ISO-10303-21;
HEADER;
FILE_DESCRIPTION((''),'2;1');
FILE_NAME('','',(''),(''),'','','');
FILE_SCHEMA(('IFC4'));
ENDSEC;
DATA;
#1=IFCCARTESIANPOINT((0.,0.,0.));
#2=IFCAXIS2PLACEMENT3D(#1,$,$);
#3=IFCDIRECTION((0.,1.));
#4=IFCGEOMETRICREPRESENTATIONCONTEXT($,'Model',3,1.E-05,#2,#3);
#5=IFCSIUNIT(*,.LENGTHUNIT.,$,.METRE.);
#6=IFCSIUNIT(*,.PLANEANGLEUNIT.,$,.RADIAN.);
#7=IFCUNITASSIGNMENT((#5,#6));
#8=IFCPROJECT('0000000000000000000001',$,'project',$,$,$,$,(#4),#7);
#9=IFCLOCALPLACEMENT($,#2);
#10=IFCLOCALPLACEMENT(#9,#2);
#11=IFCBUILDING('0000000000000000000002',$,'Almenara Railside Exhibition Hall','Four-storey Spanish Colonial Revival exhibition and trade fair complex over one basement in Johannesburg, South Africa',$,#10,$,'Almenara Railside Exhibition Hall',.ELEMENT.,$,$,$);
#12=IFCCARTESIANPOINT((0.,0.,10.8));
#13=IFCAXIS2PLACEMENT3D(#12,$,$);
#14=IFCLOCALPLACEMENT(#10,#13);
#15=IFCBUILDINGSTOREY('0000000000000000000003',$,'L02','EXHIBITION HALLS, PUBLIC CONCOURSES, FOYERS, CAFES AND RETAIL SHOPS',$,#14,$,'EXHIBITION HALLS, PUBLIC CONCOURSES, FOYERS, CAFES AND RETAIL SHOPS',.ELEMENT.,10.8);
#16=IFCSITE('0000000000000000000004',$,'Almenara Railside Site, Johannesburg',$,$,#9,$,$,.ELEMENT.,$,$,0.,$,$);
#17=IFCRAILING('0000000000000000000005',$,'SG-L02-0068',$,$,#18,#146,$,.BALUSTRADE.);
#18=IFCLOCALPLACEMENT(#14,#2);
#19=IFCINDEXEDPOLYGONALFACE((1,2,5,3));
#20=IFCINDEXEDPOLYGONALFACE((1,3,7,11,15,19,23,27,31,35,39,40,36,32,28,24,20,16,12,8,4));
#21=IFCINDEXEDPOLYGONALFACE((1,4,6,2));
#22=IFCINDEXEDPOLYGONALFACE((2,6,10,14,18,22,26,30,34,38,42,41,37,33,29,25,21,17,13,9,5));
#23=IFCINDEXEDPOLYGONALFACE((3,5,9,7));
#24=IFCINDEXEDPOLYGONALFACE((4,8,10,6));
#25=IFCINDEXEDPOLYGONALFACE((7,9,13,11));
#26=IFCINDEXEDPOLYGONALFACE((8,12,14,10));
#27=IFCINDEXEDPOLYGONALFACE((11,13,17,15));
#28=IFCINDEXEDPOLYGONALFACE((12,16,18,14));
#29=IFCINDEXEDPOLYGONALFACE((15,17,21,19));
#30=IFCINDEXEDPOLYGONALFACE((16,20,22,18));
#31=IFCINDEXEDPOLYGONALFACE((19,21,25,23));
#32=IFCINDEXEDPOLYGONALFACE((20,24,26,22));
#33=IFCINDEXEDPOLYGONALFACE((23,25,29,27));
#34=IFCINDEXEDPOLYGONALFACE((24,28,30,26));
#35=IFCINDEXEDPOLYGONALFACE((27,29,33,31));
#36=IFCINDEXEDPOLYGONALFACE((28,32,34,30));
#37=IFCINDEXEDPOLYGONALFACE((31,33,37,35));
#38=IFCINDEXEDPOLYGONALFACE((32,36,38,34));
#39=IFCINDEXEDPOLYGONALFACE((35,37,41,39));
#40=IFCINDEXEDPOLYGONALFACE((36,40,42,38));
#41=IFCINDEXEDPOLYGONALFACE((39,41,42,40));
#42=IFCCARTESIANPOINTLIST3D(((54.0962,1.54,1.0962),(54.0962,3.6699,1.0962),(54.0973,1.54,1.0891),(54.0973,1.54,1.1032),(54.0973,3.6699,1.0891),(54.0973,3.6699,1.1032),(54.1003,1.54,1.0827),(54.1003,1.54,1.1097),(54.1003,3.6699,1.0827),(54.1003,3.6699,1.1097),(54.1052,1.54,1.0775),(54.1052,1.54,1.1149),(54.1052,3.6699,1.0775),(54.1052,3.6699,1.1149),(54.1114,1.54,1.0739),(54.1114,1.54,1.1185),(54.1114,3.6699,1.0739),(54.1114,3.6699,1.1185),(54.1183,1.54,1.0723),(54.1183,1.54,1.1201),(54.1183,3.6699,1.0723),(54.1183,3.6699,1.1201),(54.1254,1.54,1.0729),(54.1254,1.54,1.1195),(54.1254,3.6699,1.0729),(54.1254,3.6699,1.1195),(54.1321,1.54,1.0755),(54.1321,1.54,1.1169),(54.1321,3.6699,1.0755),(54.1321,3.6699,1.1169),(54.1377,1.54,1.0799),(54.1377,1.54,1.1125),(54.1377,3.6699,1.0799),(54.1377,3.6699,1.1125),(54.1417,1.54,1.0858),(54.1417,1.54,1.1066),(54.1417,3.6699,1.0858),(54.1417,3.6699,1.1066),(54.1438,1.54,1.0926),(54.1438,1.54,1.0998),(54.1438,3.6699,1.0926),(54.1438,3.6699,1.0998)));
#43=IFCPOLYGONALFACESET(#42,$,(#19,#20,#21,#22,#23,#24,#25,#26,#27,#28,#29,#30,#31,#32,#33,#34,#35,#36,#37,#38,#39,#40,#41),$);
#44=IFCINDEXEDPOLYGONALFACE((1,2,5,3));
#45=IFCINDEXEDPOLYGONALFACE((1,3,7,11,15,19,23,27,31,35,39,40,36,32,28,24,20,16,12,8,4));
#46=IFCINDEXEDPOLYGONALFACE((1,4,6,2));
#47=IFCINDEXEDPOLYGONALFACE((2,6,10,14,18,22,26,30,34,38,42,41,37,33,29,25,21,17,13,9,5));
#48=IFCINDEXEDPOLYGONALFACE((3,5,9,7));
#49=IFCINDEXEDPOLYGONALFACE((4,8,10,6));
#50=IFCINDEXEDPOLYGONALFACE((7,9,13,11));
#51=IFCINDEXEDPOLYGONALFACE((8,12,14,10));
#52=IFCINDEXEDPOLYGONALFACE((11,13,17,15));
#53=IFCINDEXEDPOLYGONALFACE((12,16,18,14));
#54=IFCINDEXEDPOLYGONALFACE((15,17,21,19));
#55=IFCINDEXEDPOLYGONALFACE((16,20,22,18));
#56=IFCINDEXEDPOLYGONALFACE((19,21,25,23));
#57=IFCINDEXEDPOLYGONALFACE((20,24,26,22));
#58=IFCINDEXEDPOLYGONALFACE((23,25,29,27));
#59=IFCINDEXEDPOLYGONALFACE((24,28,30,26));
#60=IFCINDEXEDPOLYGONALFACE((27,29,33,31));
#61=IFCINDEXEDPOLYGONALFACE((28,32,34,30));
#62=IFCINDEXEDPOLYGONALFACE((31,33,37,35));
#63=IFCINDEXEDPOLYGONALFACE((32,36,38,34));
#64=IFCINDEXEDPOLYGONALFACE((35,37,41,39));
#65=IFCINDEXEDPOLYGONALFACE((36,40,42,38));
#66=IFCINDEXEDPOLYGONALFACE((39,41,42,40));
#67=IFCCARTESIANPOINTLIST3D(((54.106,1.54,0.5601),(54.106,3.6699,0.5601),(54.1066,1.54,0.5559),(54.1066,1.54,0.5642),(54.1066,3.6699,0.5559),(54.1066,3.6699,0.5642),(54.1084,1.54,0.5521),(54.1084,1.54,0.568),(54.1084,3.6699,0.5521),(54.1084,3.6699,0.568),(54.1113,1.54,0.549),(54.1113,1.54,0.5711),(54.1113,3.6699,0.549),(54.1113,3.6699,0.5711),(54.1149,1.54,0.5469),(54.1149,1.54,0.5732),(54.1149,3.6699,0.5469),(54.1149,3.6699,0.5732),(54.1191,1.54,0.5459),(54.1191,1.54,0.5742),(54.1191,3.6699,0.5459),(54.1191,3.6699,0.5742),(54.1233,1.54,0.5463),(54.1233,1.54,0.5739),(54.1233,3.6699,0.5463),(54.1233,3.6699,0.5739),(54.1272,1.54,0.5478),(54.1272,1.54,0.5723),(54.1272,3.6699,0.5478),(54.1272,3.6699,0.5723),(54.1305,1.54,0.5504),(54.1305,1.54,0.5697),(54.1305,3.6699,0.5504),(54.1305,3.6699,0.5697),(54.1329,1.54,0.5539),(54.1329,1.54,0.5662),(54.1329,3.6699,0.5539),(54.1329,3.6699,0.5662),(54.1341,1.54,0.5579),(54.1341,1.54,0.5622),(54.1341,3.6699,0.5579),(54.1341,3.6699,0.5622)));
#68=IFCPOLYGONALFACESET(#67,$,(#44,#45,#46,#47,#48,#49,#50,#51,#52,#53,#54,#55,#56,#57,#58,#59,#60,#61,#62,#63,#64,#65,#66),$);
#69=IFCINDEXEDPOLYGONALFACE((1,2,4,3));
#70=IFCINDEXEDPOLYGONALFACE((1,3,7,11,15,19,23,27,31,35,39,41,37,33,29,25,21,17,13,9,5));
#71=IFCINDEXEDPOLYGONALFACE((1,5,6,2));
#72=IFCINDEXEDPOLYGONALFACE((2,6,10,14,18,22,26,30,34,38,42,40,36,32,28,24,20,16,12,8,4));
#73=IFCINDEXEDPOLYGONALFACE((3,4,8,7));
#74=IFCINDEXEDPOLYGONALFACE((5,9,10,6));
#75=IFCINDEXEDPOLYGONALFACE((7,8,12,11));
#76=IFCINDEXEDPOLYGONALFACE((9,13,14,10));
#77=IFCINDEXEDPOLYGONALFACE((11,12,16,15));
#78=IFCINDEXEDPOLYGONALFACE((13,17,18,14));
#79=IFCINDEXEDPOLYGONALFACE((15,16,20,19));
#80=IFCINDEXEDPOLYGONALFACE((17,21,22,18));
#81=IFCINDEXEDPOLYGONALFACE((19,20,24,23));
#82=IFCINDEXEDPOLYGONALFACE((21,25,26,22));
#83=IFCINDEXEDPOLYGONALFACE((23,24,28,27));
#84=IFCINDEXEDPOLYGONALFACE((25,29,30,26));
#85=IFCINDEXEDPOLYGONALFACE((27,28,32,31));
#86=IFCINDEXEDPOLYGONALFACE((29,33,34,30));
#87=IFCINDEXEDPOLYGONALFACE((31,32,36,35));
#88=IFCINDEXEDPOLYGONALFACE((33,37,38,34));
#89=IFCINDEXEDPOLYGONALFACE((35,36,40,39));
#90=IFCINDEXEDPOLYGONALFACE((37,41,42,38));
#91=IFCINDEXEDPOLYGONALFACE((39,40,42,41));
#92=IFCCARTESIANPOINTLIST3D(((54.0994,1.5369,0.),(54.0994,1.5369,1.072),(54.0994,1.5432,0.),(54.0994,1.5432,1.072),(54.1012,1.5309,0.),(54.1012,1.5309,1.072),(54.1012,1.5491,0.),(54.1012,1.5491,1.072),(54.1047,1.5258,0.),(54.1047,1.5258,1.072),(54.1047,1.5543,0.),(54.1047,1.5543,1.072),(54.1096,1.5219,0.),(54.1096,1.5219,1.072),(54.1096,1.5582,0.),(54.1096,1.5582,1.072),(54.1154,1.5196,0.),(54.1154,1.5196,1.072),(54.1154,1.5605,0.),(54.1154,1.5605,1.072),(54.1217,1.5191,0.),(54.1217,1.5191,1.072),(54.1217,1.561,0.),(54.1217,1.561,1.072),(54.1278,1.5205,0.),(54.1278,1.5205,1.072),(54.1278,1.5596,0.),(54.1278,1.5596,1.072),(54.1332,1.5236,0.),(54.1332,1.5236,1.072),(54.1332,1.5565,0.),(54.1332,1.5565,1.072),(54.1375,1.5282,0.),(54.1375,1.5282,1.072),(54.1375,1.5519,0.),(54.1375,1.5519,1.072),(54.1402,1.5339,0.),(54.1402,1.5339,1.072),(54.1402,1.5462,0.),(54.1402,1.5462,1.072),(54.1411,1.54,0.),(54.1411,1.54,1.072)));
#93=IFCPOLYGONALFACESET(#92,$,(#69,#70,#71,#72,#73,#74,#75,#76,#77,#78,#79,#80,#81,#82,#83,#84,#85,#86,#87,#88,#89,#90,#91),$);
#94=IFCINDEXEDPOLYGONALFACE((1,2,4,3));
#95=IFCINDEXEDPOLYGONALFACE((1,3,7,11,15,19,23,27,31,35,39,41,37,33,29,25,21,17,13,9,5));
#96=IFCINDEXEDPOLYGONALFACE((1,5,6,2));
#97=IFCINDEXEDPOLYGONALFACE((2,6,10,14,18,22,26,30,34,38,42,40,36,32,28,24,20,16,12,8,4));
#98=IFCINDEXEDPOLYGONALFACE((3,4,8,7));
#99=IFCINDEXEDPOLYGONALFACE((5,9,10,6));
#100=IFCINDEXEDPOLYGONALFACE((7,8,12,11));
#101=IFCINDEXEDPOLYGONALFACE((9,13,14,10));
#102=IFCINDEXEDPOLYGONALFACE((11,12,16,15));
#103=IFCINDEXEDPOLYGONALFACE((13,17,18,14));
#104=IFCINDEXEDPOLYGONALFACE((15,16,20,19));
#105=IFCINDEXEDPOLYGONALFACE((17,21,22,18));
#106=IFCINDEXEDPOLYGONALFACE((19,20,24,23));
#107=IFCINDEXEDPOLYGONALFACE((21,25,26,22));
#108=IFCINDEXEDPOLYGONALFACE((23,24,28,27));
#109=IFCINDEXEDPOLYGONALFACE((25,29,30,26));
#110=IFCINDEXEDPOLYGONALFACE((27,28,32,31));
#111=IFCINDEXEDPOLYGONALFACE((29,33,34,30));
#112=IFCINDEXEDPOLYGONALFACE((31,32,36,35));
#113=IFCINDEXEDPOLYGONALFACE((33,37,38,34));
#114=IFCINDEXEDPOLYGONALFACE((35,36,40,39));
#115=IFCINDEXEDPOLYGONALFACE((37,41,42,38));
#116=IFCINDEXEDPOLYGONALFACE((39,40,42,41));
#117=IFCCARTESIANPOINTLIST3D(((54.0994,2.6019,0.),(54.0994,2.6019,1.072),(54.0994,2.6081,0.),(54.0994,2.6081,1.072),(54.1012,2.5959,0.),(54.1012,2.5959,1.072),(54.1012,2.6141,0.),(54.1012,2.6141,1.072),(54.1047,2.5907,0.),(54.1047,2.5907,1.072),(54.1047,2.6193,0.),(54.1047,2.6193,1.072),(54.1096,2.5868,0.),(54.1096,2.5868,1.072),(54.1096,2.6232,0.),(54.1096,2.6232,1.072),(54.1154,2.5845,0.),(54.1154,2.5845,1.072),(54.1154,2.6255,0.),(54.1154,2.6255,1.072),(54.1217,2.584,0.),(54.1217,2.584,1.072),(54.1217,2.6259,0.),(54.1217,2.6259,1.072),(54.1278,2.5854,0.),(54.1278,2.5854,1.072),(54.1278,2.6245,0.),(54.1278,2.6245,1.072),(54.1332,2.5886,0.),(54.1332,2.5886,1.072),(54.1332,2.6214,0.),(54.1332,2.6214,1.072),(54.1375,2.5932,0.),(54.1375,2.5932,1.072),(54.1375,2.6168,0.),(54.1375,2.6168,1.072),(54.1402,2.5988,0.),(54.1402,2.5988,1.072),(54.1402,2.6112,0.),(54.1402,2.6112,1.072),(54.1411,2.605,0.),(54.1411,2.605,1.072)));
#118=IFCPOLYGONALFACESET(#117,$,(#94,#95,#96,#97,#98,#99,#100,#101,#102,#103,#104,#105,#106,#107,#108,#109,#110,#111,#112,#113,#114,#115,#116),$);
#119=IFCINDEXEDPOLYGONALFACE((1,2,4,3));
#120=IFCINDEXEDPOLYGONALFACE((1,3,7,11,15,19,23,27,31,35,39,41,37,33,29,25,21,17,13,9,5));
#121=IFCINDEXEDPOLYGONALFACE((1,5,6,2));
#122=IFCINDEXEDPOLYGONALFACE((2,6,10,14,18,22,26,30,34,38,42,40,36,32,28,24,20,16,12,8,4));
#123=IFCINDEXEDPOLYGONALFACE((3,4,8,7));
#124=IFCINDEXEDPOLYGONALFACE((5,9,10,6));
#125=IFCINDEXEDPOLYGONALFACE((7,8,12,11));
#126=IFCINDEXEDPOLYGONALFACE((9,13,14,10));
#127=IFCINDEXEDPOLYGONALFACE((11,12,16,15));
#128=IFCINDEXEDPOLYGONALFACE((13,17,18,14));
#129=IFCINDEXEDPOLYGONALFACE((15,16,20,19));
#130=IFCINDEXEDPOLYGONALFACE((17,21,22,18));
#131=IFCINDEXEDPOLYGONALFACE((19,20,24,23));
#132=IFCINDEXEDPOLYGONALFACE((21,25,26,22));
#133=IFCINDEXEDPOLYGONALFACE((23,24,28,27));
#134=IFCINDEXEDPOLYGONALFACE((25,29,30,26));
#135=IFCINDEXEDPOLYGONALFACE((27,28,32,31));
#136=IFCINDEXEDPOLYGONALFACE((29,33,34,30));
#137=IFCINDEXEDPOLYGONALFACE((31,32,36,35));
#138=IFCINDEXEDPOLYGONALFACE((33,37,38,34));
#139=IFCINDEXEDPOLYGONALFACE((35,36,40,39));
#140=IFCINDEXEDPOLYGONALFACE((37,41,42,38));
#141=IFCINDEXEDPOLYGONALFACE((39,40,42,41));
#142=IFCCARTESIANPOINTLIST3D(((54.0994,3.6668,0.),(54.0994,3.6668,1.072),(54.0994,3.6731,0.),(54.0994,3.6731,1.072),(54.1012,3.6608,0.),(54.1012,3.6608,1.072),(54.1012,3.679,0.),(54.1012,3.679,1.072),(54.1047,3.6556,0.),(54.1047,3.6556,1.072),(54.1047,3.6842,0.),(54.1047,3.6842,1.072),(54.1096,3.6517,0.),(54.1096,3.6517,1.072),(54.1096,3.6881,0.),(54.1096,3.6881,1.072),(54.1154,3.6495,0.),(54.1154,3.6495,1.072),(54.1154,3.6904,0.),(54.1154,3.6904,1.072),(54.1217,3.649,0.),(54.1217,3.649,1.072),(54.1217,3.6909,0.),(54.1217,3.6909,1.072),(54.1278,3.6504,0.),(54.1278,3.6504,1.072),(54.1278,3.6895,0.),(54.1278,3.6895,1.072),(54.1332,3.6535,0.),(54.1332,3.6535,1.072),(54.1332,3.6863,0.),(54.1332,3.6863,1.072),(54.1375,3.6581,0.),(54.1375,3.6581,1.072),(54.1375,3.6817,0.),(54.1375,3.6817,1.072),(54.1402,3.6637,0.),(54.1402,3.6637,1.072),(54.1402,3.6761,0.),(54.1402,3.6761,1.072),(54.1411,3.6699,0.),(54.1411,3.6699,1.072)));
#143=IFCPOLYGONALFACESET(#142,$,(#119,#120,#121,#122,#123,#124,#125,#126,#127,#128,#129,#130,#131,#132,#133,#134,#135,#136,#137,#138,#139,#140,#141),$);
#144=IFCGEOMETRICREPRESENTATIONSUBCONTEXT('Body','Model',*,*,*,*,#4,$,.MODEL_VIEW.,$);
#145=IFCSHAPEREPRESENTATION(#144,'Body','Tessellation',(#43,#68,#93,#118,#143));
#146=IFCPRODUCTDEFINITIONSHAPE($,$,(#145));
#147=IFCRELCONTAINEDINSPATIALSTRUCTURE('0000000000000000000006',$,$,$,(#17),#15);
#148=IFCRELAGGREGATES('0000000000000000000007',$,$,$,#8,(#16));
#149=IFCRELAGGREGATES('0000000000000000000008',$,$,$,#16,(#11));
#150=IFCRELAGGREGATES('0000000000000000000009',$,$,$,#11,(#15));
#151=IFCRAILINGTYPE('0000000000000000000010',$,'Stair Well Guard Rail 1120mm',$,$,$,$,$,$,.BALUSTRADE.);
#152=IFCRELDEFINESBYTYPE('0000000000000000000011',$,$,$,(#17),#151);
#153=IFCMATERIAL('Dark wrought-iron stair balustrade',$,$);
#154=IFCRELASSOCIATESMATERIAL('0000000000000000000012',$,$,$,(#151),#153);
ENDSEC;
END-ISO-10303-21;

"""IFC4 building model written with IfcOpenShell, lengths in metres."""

from ifc_helpers import new_model, si_unit, direction, frame, origin, origin_2d, place, context, subcontext, project, spatial, circle, extrude, material, type_object, element, save


model = new_model("IFC4")

# Units and contexts
model_context = context("Model", 3, precision=1e-05, world=origin(), true_north=direction((0.0, 1.0)))
body_context = subcontext(model_context, "Body", "Model", "MODEL_VIEW")
ifc_project = project(units=[si_unit("LENGTHUNIT", "METRE"), si_unit("PLANEANGLEUNIT", "RADIAN")], contexts=[model_context])

# Site, building, storey
site_placement = place(None, origin())
site = spatial("IfcSite", under=ifc_project, at=site_placement, Name="Almenara Railside Site, Johannesburg", CompositionType="ELEMENT", RefElevation=0.0)
building_placement = place(site_placement, origin())
building = spatial("IfcBuilding", under=site, at=building_placement, Name="Almenara Railside Exhibition Hall", Description="Four-storey Spanish Colonial Revival exhibition and trade fair complex over one basement in Johannesburg, South Africa", LongName="Almenara Railside Exhibition Hall", CompositionType="ELEMENT")
storey_placement = place(building_placement, frame((0.0, 0.0, 10.8)))
storey = spatial("IfcBuildingStorey", under=building, at=storey_placement, Name="L02", Description="EXHIBITION HALLS, PUBLIC CONCOURSES, FOYERS, CAFES AND RETAIL SHOPS", LongName="EXHIBITION HALLS, PUBLIC CONCOURSES, FOYERS, CAFES AND RETAIL SHOPS", CompositionType="ELEMENT", Elevation=10.8)

# Railing
ifc_material_1 = material(Name="Dark wrought-iron stair balustrade")
railing_type_1 = type_object("IfcRailingType", Name="Stair Well Guard Rail 1120mm", PredefinedType="BALUSTRADE", material=ifc_material_1)
railing_1_placement = place(storey_placement, frame((54.1201, 1.54, 0.0)))
element("IfcRailing", 1, at=railing_1_placement, inside=storey, type_object=railing_type_1, Name="SG-L02-0068", PredefinedType="BALUSTRADE", context=body_context, shape_type="SweptSolid", body=[
    extrude(circle(Radius=0.0239, at=origin_2d()), frame((0.0, 0.0, 1.0962), z_axis=(0.0, 1.0, 0.0), x_axis=(-1.0, 0.0, 0.0)), (0.0, 0.0, 1.0), 2.1299),
    extrude(circle(Radius=0.0142, at=origin_2d()), frame((0.0, 0.0, 0.5601), z_axis=(0.0, 1.0, 0.0), x_axis=(-1.0, 0.0, 0.0)), (0.0, 0.0, 1.0), 2.1299),
    extrude(circle(Radius=0.021, at=origin_2d()), origin(), (0.0, 0.0, 1.0), 1.072),
    extrude(circle(Radius=0.021, at=origin_2d()), frame((0.0, 1.0649, 0.0)), (0.0, 0.0, 1.0), 1.072),
    extrude(circle(Radius=0.021, at=origin_2d()), frame((0.0, 2.1299, 0.0)), (0.0, 0.0, 1.0), 1.072),
])

save(model, "model.ifc")
